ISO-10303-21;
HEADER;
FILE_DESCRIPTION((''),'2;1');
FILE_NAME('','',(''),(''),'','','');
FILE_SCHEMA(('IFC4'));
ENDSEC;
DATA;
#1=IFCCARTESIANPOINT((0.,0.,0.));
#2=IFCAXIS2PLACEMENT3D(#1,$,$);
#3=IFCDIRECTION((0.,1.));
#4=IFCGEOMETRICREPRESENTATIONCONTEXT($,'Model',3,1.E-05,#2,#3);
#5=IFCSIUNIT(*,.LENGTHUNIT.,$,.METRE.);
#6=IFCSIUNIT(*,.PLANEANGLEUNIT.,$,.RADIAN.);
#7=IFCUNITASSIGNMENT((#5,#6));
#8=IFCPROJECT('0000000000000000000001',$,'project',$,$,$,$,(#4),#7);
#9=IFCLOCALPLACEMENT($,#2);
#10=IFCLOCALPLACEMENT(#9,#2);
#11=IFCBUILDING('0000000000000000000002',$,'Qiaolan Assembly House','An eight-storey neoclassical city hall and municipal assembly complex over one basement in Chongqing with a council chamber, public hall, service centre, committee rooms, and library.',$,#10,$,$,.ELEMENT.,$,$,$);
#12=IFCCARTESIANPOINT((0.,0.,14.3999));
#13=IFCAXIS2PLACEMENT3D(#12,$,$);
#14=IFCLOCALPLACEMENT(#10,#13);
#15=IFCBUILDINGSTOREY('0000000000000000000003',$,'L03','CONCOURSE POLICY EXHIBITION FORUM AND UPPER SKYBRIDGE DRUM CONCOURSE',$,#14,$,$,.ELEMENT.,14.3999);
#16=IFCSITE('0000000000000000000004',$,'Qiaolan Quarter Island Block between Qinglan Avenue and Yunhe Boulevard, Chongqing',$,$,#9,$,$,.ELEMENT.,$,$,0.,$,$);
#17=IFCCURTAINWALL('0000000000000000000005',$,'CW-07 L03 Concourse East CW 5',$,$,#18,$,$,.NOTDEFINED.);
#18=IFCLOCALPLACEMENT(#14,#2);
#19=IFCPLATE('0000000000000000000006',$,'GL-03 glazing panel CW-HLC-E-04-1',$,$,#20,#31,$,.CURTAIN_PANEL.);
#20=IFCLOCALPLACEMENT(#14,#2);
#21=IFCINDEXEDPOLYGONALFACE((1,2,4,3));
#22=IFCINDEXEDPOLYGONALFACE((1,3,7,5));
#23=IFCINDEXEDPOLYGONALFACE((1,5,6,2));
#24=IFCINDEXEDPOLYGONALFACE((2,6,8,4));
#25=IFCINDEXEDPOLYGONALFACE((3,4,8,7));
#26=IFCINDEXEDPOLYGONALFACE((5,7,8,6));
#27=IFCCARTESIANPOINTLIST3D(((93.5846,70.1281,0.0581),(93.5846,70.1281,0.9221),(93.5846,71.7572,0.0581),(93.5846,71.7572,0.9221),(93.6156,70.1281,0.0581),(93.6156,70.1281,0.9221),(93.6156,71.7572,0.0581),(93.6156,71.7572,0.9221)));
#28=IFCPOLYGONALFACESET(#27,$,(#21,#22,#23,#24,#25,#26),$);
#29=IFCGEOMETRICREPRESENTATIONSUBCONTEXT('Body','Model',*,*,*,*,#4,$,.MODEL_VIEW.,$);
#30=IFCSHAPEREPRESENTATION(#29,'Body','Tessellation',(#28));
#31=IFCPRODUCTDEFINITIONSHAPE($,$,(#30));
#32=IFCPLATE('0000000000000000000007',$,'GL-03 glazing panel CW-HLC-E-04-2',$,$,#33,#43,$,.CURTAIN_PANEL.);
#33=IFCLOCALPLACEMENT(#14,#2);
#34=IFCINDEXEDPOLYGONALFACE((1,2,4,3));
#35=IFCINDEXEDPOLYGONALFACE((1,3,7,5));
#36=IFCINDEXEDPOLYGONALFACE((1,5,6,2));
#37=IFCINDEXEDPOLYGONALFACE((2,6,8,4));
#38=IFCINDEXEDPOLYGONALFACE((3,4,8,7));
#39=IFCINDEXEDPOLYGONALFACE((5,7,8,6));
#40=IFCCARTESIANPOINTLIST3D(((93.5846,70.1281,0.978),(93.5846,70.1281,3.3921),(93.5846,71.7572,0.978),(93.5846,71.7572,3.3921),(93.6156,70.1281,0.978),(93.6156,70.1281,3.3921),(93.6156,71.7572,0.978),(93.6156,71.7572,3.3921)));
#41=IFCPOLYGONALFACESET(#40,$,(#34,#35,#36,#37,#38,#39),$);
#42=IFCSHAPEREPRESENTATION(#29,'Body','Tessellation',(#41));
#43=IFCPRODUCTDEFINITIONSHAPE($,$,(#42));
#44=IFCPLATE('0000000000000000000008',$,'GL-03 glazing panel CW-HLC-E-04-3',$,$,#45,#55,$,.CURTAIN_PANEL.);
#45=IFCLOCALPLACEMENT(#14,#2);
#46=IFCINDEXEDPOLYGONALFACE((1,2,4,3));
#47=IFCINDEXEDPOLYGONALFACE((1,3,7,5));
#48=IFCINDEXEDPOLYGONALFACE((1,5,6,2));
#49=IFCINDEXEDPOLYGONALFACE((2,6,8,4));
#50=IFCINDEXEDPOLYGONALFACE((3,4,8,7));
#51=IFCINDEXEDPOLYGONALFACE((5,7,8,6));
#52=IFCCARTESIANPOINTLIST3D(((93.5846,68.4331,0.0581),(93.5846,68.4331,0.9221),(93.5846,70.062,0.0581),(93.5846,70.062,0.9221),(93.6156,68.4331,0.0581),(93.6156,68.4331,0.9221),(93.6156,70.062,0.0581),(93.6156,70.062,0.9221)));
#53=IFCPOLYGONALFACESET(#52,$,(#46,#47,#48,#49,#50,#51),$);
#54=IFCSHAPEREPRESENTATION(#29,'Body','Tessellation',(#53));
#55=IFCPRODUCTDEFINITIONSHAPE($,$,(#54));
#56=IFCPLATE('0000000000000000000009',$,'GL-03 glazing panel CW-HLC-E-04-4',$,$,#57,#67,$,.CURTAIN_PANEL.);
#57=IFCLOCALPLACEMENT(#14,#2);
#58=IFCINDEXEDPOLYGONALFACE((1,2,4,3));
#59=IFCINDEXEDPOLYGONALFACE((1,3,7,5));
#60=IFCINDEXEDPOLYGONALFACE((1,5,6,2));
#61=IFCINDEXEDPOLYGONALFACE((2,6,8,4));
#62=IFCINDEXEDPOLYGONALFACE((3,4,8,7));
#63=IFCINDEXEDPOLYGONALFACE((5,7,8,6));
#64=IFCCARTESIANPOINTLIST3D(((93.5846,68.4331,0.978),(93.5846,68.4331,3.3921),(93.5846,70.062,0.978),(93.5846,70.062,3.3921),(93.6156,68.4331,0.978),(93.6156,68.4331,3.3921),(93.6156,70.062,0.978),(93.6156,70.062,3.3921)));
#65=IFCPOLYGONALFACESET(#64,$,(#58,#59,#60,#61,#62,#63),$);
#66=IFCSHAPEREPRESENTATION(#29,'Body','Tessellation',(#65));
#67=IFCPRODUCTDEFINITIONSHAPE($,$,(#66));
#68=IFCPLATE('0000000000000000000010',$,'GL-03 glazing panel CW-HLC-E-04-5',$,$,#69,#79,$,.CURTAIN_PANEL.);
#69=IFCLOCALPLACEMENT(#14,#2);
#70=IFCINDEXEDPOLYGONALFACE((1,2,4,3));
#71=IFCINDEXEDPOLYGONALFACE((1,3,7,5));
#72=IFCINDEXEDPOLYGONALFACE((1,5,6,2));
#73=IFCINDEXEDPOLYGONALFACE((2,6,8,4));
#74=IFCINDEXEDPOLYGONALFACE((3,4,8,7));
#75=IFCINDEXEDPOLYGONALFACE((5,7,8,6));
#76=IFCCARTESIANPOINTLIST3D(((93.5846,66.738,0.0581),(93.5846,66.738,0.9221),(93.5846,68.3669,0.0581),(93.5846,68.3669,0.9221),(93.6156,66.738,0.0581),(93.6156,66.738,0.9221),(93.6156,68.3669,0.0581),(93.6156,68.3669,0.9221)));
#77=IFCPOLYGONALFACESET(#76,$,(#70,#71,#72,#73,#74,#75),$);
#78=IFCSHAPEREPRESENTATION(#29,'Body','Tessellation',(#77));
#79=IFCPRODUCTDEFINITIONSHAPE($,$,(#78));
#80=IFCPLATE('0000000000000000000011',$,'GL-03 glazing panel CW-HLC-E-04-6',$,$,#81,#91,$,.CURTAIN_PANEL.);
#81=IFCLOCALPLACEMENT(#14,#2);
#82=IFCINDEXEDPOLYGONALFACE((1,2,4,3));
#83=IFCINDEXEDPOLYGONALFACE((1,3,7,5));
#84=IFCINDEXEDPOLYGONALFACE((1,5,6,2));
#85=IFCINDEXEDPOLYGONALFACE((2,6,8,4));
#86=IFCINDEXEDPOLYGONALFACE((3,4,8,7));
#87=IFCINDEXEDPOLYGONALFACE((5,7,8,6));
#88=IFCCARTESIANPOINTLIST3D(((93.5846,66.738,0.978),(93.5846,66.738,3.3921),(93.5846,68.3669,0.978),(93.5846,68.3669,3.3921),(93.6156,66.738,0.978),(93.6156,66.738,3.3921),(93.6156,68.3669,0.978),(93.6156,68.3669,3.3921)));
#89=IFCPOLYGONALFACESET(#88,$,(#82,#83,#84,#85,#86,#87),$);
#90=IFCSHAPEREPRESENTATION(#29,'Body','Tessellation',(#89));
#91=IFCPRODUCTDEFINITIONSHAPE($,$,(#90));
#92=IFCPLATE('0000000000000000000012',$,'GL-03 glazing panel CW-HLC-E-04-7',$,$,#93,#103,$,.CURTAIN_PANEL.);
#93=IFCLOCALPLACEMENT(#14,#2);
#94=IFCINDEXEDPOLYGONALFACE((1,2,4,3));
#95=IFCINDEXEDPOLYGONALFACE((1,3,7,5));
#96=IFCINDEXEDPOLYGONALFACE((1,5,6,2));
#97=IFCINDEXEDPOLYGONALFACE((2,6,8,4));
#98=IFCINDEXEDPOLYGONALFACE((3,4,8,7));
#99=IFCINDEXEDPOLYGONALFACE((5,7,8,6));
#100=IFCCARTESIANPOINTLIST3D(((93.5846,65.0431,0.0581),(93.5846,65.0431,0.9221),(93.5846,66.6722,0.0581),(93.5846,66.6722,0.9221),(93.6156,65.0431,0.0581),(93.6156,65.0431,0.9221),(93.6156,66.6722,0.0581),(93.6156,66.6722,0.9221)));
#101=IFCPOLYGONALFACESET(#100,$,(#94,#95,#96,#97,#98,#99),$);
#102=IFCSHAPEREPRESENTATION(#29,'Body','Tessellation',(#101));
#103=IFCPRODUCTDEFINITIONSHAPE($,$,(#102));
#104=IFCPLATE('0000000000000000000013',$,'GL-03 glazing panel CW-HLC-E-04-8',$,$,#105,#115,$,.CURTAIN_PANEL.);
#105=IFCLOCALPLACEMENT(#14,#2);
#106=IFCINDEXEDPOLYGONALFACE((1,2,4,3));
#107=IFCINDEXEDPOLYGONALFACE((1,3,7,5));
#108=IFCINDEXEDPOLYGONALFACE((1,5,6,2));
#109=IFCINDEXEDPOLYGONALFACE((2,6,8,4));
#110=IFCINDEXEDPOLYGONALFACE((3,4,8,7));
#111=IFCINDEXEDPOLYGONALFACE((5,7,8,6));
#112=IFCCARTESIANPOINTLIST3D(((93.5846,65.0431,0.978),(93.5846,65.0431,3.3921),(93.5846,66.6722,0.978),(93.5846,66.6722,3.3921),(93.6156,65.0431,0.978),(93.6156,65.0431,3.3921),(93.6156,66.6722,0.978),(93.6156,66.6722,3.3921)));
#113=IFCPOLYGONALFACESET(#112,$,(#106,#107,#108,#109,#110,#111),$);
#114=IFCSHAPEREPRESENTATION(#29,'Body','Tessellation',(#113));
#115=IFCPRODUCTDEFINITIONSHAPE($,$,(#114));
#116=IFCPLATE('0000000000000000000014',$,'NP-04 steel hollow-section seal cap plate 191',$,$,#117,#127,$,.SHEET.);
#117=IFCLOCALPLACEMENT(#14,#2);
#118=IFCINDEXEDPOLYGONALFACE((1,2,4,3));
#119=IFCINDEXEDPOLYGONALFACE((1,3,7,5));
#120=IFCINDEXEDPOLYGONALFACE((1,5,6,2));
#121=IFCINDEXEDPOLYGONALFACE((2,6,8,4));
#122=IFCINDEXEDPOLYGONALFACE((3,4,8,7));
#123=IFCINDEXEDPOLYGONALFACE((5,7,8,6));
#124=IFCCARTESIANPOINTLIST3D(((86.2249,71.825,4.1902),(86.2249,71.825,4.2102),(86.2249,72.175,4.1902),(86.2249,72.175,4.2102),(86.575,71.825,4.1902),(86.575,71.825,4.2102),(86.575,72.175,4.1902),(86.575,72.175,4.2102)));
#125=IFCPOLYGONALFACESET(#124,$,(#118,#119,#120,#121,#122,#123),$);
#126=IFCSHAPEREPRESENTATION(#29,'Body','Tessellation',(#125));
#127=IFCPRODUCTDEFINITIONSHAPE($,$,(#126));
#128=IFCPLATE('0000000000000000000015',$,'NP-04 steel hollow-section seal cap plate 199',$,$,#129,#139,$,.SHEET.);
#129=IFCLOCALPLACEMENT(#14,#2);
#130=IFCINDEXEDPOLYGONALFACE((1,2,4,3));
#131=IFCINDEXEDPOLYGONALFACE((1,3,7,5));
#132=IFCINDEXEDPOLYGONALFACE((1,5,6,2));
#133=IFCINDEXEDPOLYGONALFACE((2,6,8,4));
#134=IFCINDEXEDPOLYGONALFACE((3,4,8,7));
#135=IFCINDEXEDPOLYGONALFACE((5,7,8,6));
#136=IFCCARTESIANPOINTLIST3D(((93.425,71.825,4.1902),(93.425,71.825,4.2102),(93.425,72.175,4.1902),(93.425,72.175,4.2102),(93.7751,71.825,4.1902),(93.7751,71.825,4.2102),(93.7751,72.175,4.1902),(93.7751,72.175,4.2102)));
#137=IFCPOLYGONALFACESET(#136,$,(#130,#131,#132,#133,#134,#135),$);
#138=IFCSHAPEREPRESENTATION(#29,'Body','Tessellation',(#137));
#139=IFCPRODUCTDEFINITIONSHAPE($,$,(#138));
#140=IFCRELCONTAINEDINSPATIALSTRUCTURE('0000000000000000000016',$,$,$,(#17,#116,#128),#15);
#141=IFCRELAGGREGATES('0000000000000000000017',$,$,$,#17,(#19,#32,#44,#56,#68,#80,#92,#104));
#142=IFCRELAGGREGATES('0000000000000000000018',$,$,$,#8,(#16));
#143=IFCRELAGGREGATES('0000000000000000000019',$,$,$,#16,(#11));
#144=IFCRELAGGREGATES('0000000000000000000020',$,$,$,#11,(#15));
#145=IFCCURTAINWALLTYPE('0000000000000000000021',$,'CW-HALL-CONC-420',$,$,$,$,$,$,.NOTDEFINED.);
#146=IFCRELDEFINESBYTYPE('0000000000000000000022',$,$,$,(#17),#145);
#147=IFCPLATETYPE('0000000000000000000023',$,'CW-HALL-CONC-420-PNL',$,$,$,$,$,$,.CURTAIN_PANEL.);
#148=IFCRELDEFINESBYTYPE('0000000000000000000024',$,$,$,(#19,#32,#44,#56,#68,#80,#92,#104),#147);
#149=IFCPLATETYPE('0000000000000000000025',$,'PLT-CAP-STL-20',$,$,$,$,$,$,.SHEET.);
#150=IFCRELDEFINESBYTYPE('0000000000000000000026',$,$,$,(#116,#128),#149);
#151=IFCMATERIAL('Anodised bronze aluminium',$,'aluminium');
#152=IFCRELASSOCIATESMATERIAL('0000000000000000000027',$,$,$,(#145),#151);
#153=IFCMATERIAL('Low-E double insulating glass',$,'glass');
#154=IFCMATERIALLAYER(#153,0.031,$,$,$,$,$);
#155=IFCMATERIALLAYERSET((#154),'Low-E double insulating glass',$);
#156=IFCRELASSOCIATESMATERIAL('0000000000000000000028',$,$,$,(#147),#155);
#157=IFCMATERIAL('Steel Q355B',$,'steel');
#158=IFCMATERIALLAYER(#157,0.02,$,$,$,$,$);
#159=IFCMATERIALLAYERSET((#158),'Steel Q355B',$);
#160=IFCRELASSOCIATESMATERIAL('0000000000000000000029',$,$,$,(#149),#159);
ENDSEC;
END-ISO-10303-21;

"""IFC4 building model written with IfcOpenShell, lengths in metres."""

from ifc_helpers import new_model, si_unit, direction, frame, frame_2d, origin, origin_2d, place, context, subcontext, project, spatial, rectangle, extrude, material, layer, layer_set, type_object, element, aggregate, save


model = new_model("IFC4")

# Units and contexts
model_context = context("Model", 3, precision=1e-05, world=origin(), true_north=direction((0.0, 1.0)))
body_context = subcontext(model_context, "Body", "Model", "MODEL_VIEW")
ifc_project = project(units=[si_unit("LENGTHUNIT", "METRE"), si_unit("PLANEANGLEUNIT", "RADIAN")], contexts=[model_context])

# Site, building, storey
site_placement = place(None, origin())
site = spatial("IfcSite", under=ifc_project, at=site_placement, Name="Qiaolan Quarter Island Block between Qinglan Avenue and Yunhe Boulevard, Chongqing", CompositionType="ELEMENT", RefElevation=0.0)
building_placement = place(site_placement, origin())
building = spatial("IfcBuilding", under=site, at=building_placement, Name="Qiaolan Assembly House", Description="An eight-storey neoclassical city hall and municipal assembly complex over one basement in Chongqing with a council chamber, public hall, service centre, committee rooms, and library.", CompositionType="ELEMENT")
storey_placement = place(building_placement, frame((0.0, 0.0, 14.3999)))
storey = spatial("IfcBuildingStorey", under=building, at=storey_placement, Name="L03", Description="CONCOURSE POLICY EXHIBITION FORUM AND UPPER SKYBRIDGE DRUM CONCOURSE", CompositionType="ELEMENT", Elevation=14.3999)

# Shared definitions
ifc_material_1 = material(Name="Steel Q355B", Category="steel")

# Curtain wall
ifc_material_2 = material(Name="Anodised bronze aluminium", Category="aluminium")
curtain_wall_type = type_object("IfcCurtainWallType", Name="CW-HALL-CONC-420", PredefinedType="NOTDEFINED", material=ifc_material_2)
curtain_wall_placement = place(storey_placement, origin())
curtain_wall = element("IfcCurtainWall", 1, at=curtain_wall_placement, inside=storey, type_object=curtain_wall_type, Name="CW-07 L03 Concourse East CW 5", PredefinedType="NOTDEFINED")

# Plates
ifc_material_3 = material(Name="Low-E double insulating glass", Category="glass")
ifc_layer_1 = layer(ifc_material_3, 0.031)
ifc_layer_set_1 = layer_set([ifc_layer_1], Name="Low-E double insulating glass")
plate_type_1 = type_object("IfcPlateType", Name="CW-HALL-CONC-420-PNL", PredefinedType="CURTAIN_PANEL", material=ifc_layer_set_1)
plate_1_placement = place(storey_placement, frame((93.6001, 71.7571, 0.0581), z_axis=(0.0, 0.0, 1.0), x_axis=(0.0, -1.0, 0.0)))
plate_1 = element("IfcPlate", 2, at=plate_1_placement, type_object=plate_type_1, Name="GL-03 glazing panel CW-HLC-E-04-1", PredefinedType="CURTAIN_PANEL", context=body_context, shape_type="SweptSolid", body=[
    extrude(rectangle(XDim=1.6292, YDim=0.031, at=frame_2d((0.8145, 0.0))), origin(), (0.0, 0.0, 1.0), 0.864),
])
plate_2_placement = place(storey_placement, frame((93.6001, 71.7571, 0.978), z_axis=(0.0, 0.0, 1.0), x_axis=(0.0, -1.0, 0.0)))
plate_2 = element("IfcPlate", 3, at=plate_2_placement, type_object=plate_type_1, Name="GL-03 glazing panel CW-HLC-E-04-2", PredefinedType="CURTAIN_PANEL", context=body_context, shape_type="SweptSolid", body=[
    extrude(rectangle(XDim=1.6292, YDim=0.031, at=frame_2d((0.8145, 0.0))), origin(), (0.0, 0.0, 1.0), 2.4141),
])
plate_3_placement = place(storey_placement, frame((93.6001, 70.062, 0.0581), z_axis=(0.0, 0.0, 1.0), x_axis=(0.0, -1.0, 0.0)))
plate_3 = element("IfcPlate", 4, at=plate_3_placement, type_object=plate_type_1, Name="GL-03 glazing panel CW-HLC-E-04-3", PredefinedType="CURTAIN_PANEL", context=body_context, shape_type="SweptSolid", body=[
    extrude(rectangle(XDim=1.6289, YDim=0.031, at=frame_2d((0.8145, 0.0))), origin(), (0.0, 0.0, 1.0), 0.864),
])
plate_4_placement = place(storey_placement, frame((93.6001, 70.062, 0.978), z_axis=(0.0, 0.0, 1.0), x_axis=(0.0, -1.0, 0.0)))
plate_4 = element("IfcPlate", 5, at=plate_4_placement, type_object=plate_type_1, Name="GL-03 glazing panel CW-HLC-E-04-4", PredefinedType="CURTAIN_PANEL", context=body_context, shape_type="SweptSolid", body=[
    extrude(rectangle(XDim=1.6289, YDim=0.031, at=frame_2d((0.8145, 0.0))), origin(), (0.0, 0.0, 1.0), 2.4141),
])
plate_5_placement = place(storey_placement, frame((93.6001, 68.3669, 0.0581), z_axis=(0.0, 0.0, 1.0), x_axis=(0.0, -1.0, 0.0)))
plate_5 = element("IfcPlate", 6, at=plate_5_placement, type_object=plate_type_1, Name="GL-03 glazing panel CW-HLC-E-04-5", PredefinedType="CURTAIN_PANEL", context=body_context, shape_type="SweptSolid", body=[
    extrude(rectangle(XDim=1.6289, YDim=0.031, at=frame_2d((0.8145, 0.0))), origin(), (0.0, 0.0, 1.0), 0.864),
])
plate_6_placement = place(storey_placement, frame((93.6001, 68.3669, 0.978), z_axis=(0.0, 0.0, 1.0), x_axis=(0.0, -1.0, 0.0)))
plate_6 = element("IfcPlate", 7, at=plate_6_placement, type_object=plate_type_1, Name="GL-03 glazing panel CW-HLC-E-04-6", PredefinedType="CURTAIN_PANEL", context=body_context, shape_type="SweptSolid", body=[
    extrude(rectangle(XDim=1.6289, YDim=0.031, at=frame_2d((0.8145, 0.0))), origin(), (0.0, 0.0, 1.0), 2.4141),
])
plate_7_placement = place(storey_placement, frame((93.6001, 66.6721, 0.0581), z_axis=(0.0, 0.0, 1.0), x_axis=(0.0, -1.0, 0.0)))
plate_7 = element("IfcPlate", 8, at=plate_7_placement, type_object=plate_type_1, Name="GL-03 glazing panel CW-HLC-E-04-7", PredefinedType="CURTAIN_PANEL", context=body_context, shape_type="SweptSolid", body=[
    extrude(rectangle(XDim=1.6292, YDim=0.031, at=frame_2d((0.8145, 0.0))), origin(), (0.0, 0.0, 1.0), 0.864),
])
plate_8_placement = place(storey_placement, frame((93.6001, 66.6721, 0.978), z_axis=(0.0, 0.0, 1.0), x_axis=(0.0, -1.0, 0.0)))
plate_8 = element("IfcPlate", 9, at=plate_8_placement, type_object=plate_type_1, Name="GL-03 glazing panel CW-HLC-E-04-8", PredefinedType="CURTAIN_PANEL", context=body_context, shape_type="SweptSolid", body=[
    extrude(rectangle(XDim=1.6292, YDim=0.031, at=frame_2d((0.8145, 0.0))), origin(), (0.0, 0.0, 1.0), 2.4141),
])
aggregate(curtain_wall, [plate_1, plate_2, plate_3, plate_4, plate_5, plate_6, plate_7, plate_8])

# Plates
ifc_layer_2 = layer(ifc_material_1, 0.02)
ifc_layer_set_2 = layer_set([ifc_layer_2], Name="Steel Q355B")
plate_type_2 = type_object("IfcPlateType", Name="PLT-CAP-STL-20", PredefinedType="SHEET", material=ifc_layer_set_2)
for number, where, z_axis, x_axis, name in (
    (10, (86.3999, 72.0, 4.1902), (0.0, 0.0, 1.0), (1.0, 0.0, 0.0), "NP-04 steel hollow-section seal cap plate 191"),
    (11, (93.6001, 72.0, 4.1902), (0.0, 0.0, 1.0), (1.0, 0.0, 0.0), "NP-04 steel hollow-section seal cap plate 199"),
):
    element("IfcPlate", number, at=place(storey_placement, frame(where, z_axis=z_axis, x_axis=x_axis)), inside=storey, type_object=plate_type_2, Name=name, PredefinedType="SHEET", context=body_context, shape_type="SweptSolid", body=[
        extrude(rectangle(XDim=0.3501, YDim=0.3501, at=origin_2d()), origin(), (0.0, 0.0, 1.0), 0.02),
    ])

save(model, "model.ifc")
